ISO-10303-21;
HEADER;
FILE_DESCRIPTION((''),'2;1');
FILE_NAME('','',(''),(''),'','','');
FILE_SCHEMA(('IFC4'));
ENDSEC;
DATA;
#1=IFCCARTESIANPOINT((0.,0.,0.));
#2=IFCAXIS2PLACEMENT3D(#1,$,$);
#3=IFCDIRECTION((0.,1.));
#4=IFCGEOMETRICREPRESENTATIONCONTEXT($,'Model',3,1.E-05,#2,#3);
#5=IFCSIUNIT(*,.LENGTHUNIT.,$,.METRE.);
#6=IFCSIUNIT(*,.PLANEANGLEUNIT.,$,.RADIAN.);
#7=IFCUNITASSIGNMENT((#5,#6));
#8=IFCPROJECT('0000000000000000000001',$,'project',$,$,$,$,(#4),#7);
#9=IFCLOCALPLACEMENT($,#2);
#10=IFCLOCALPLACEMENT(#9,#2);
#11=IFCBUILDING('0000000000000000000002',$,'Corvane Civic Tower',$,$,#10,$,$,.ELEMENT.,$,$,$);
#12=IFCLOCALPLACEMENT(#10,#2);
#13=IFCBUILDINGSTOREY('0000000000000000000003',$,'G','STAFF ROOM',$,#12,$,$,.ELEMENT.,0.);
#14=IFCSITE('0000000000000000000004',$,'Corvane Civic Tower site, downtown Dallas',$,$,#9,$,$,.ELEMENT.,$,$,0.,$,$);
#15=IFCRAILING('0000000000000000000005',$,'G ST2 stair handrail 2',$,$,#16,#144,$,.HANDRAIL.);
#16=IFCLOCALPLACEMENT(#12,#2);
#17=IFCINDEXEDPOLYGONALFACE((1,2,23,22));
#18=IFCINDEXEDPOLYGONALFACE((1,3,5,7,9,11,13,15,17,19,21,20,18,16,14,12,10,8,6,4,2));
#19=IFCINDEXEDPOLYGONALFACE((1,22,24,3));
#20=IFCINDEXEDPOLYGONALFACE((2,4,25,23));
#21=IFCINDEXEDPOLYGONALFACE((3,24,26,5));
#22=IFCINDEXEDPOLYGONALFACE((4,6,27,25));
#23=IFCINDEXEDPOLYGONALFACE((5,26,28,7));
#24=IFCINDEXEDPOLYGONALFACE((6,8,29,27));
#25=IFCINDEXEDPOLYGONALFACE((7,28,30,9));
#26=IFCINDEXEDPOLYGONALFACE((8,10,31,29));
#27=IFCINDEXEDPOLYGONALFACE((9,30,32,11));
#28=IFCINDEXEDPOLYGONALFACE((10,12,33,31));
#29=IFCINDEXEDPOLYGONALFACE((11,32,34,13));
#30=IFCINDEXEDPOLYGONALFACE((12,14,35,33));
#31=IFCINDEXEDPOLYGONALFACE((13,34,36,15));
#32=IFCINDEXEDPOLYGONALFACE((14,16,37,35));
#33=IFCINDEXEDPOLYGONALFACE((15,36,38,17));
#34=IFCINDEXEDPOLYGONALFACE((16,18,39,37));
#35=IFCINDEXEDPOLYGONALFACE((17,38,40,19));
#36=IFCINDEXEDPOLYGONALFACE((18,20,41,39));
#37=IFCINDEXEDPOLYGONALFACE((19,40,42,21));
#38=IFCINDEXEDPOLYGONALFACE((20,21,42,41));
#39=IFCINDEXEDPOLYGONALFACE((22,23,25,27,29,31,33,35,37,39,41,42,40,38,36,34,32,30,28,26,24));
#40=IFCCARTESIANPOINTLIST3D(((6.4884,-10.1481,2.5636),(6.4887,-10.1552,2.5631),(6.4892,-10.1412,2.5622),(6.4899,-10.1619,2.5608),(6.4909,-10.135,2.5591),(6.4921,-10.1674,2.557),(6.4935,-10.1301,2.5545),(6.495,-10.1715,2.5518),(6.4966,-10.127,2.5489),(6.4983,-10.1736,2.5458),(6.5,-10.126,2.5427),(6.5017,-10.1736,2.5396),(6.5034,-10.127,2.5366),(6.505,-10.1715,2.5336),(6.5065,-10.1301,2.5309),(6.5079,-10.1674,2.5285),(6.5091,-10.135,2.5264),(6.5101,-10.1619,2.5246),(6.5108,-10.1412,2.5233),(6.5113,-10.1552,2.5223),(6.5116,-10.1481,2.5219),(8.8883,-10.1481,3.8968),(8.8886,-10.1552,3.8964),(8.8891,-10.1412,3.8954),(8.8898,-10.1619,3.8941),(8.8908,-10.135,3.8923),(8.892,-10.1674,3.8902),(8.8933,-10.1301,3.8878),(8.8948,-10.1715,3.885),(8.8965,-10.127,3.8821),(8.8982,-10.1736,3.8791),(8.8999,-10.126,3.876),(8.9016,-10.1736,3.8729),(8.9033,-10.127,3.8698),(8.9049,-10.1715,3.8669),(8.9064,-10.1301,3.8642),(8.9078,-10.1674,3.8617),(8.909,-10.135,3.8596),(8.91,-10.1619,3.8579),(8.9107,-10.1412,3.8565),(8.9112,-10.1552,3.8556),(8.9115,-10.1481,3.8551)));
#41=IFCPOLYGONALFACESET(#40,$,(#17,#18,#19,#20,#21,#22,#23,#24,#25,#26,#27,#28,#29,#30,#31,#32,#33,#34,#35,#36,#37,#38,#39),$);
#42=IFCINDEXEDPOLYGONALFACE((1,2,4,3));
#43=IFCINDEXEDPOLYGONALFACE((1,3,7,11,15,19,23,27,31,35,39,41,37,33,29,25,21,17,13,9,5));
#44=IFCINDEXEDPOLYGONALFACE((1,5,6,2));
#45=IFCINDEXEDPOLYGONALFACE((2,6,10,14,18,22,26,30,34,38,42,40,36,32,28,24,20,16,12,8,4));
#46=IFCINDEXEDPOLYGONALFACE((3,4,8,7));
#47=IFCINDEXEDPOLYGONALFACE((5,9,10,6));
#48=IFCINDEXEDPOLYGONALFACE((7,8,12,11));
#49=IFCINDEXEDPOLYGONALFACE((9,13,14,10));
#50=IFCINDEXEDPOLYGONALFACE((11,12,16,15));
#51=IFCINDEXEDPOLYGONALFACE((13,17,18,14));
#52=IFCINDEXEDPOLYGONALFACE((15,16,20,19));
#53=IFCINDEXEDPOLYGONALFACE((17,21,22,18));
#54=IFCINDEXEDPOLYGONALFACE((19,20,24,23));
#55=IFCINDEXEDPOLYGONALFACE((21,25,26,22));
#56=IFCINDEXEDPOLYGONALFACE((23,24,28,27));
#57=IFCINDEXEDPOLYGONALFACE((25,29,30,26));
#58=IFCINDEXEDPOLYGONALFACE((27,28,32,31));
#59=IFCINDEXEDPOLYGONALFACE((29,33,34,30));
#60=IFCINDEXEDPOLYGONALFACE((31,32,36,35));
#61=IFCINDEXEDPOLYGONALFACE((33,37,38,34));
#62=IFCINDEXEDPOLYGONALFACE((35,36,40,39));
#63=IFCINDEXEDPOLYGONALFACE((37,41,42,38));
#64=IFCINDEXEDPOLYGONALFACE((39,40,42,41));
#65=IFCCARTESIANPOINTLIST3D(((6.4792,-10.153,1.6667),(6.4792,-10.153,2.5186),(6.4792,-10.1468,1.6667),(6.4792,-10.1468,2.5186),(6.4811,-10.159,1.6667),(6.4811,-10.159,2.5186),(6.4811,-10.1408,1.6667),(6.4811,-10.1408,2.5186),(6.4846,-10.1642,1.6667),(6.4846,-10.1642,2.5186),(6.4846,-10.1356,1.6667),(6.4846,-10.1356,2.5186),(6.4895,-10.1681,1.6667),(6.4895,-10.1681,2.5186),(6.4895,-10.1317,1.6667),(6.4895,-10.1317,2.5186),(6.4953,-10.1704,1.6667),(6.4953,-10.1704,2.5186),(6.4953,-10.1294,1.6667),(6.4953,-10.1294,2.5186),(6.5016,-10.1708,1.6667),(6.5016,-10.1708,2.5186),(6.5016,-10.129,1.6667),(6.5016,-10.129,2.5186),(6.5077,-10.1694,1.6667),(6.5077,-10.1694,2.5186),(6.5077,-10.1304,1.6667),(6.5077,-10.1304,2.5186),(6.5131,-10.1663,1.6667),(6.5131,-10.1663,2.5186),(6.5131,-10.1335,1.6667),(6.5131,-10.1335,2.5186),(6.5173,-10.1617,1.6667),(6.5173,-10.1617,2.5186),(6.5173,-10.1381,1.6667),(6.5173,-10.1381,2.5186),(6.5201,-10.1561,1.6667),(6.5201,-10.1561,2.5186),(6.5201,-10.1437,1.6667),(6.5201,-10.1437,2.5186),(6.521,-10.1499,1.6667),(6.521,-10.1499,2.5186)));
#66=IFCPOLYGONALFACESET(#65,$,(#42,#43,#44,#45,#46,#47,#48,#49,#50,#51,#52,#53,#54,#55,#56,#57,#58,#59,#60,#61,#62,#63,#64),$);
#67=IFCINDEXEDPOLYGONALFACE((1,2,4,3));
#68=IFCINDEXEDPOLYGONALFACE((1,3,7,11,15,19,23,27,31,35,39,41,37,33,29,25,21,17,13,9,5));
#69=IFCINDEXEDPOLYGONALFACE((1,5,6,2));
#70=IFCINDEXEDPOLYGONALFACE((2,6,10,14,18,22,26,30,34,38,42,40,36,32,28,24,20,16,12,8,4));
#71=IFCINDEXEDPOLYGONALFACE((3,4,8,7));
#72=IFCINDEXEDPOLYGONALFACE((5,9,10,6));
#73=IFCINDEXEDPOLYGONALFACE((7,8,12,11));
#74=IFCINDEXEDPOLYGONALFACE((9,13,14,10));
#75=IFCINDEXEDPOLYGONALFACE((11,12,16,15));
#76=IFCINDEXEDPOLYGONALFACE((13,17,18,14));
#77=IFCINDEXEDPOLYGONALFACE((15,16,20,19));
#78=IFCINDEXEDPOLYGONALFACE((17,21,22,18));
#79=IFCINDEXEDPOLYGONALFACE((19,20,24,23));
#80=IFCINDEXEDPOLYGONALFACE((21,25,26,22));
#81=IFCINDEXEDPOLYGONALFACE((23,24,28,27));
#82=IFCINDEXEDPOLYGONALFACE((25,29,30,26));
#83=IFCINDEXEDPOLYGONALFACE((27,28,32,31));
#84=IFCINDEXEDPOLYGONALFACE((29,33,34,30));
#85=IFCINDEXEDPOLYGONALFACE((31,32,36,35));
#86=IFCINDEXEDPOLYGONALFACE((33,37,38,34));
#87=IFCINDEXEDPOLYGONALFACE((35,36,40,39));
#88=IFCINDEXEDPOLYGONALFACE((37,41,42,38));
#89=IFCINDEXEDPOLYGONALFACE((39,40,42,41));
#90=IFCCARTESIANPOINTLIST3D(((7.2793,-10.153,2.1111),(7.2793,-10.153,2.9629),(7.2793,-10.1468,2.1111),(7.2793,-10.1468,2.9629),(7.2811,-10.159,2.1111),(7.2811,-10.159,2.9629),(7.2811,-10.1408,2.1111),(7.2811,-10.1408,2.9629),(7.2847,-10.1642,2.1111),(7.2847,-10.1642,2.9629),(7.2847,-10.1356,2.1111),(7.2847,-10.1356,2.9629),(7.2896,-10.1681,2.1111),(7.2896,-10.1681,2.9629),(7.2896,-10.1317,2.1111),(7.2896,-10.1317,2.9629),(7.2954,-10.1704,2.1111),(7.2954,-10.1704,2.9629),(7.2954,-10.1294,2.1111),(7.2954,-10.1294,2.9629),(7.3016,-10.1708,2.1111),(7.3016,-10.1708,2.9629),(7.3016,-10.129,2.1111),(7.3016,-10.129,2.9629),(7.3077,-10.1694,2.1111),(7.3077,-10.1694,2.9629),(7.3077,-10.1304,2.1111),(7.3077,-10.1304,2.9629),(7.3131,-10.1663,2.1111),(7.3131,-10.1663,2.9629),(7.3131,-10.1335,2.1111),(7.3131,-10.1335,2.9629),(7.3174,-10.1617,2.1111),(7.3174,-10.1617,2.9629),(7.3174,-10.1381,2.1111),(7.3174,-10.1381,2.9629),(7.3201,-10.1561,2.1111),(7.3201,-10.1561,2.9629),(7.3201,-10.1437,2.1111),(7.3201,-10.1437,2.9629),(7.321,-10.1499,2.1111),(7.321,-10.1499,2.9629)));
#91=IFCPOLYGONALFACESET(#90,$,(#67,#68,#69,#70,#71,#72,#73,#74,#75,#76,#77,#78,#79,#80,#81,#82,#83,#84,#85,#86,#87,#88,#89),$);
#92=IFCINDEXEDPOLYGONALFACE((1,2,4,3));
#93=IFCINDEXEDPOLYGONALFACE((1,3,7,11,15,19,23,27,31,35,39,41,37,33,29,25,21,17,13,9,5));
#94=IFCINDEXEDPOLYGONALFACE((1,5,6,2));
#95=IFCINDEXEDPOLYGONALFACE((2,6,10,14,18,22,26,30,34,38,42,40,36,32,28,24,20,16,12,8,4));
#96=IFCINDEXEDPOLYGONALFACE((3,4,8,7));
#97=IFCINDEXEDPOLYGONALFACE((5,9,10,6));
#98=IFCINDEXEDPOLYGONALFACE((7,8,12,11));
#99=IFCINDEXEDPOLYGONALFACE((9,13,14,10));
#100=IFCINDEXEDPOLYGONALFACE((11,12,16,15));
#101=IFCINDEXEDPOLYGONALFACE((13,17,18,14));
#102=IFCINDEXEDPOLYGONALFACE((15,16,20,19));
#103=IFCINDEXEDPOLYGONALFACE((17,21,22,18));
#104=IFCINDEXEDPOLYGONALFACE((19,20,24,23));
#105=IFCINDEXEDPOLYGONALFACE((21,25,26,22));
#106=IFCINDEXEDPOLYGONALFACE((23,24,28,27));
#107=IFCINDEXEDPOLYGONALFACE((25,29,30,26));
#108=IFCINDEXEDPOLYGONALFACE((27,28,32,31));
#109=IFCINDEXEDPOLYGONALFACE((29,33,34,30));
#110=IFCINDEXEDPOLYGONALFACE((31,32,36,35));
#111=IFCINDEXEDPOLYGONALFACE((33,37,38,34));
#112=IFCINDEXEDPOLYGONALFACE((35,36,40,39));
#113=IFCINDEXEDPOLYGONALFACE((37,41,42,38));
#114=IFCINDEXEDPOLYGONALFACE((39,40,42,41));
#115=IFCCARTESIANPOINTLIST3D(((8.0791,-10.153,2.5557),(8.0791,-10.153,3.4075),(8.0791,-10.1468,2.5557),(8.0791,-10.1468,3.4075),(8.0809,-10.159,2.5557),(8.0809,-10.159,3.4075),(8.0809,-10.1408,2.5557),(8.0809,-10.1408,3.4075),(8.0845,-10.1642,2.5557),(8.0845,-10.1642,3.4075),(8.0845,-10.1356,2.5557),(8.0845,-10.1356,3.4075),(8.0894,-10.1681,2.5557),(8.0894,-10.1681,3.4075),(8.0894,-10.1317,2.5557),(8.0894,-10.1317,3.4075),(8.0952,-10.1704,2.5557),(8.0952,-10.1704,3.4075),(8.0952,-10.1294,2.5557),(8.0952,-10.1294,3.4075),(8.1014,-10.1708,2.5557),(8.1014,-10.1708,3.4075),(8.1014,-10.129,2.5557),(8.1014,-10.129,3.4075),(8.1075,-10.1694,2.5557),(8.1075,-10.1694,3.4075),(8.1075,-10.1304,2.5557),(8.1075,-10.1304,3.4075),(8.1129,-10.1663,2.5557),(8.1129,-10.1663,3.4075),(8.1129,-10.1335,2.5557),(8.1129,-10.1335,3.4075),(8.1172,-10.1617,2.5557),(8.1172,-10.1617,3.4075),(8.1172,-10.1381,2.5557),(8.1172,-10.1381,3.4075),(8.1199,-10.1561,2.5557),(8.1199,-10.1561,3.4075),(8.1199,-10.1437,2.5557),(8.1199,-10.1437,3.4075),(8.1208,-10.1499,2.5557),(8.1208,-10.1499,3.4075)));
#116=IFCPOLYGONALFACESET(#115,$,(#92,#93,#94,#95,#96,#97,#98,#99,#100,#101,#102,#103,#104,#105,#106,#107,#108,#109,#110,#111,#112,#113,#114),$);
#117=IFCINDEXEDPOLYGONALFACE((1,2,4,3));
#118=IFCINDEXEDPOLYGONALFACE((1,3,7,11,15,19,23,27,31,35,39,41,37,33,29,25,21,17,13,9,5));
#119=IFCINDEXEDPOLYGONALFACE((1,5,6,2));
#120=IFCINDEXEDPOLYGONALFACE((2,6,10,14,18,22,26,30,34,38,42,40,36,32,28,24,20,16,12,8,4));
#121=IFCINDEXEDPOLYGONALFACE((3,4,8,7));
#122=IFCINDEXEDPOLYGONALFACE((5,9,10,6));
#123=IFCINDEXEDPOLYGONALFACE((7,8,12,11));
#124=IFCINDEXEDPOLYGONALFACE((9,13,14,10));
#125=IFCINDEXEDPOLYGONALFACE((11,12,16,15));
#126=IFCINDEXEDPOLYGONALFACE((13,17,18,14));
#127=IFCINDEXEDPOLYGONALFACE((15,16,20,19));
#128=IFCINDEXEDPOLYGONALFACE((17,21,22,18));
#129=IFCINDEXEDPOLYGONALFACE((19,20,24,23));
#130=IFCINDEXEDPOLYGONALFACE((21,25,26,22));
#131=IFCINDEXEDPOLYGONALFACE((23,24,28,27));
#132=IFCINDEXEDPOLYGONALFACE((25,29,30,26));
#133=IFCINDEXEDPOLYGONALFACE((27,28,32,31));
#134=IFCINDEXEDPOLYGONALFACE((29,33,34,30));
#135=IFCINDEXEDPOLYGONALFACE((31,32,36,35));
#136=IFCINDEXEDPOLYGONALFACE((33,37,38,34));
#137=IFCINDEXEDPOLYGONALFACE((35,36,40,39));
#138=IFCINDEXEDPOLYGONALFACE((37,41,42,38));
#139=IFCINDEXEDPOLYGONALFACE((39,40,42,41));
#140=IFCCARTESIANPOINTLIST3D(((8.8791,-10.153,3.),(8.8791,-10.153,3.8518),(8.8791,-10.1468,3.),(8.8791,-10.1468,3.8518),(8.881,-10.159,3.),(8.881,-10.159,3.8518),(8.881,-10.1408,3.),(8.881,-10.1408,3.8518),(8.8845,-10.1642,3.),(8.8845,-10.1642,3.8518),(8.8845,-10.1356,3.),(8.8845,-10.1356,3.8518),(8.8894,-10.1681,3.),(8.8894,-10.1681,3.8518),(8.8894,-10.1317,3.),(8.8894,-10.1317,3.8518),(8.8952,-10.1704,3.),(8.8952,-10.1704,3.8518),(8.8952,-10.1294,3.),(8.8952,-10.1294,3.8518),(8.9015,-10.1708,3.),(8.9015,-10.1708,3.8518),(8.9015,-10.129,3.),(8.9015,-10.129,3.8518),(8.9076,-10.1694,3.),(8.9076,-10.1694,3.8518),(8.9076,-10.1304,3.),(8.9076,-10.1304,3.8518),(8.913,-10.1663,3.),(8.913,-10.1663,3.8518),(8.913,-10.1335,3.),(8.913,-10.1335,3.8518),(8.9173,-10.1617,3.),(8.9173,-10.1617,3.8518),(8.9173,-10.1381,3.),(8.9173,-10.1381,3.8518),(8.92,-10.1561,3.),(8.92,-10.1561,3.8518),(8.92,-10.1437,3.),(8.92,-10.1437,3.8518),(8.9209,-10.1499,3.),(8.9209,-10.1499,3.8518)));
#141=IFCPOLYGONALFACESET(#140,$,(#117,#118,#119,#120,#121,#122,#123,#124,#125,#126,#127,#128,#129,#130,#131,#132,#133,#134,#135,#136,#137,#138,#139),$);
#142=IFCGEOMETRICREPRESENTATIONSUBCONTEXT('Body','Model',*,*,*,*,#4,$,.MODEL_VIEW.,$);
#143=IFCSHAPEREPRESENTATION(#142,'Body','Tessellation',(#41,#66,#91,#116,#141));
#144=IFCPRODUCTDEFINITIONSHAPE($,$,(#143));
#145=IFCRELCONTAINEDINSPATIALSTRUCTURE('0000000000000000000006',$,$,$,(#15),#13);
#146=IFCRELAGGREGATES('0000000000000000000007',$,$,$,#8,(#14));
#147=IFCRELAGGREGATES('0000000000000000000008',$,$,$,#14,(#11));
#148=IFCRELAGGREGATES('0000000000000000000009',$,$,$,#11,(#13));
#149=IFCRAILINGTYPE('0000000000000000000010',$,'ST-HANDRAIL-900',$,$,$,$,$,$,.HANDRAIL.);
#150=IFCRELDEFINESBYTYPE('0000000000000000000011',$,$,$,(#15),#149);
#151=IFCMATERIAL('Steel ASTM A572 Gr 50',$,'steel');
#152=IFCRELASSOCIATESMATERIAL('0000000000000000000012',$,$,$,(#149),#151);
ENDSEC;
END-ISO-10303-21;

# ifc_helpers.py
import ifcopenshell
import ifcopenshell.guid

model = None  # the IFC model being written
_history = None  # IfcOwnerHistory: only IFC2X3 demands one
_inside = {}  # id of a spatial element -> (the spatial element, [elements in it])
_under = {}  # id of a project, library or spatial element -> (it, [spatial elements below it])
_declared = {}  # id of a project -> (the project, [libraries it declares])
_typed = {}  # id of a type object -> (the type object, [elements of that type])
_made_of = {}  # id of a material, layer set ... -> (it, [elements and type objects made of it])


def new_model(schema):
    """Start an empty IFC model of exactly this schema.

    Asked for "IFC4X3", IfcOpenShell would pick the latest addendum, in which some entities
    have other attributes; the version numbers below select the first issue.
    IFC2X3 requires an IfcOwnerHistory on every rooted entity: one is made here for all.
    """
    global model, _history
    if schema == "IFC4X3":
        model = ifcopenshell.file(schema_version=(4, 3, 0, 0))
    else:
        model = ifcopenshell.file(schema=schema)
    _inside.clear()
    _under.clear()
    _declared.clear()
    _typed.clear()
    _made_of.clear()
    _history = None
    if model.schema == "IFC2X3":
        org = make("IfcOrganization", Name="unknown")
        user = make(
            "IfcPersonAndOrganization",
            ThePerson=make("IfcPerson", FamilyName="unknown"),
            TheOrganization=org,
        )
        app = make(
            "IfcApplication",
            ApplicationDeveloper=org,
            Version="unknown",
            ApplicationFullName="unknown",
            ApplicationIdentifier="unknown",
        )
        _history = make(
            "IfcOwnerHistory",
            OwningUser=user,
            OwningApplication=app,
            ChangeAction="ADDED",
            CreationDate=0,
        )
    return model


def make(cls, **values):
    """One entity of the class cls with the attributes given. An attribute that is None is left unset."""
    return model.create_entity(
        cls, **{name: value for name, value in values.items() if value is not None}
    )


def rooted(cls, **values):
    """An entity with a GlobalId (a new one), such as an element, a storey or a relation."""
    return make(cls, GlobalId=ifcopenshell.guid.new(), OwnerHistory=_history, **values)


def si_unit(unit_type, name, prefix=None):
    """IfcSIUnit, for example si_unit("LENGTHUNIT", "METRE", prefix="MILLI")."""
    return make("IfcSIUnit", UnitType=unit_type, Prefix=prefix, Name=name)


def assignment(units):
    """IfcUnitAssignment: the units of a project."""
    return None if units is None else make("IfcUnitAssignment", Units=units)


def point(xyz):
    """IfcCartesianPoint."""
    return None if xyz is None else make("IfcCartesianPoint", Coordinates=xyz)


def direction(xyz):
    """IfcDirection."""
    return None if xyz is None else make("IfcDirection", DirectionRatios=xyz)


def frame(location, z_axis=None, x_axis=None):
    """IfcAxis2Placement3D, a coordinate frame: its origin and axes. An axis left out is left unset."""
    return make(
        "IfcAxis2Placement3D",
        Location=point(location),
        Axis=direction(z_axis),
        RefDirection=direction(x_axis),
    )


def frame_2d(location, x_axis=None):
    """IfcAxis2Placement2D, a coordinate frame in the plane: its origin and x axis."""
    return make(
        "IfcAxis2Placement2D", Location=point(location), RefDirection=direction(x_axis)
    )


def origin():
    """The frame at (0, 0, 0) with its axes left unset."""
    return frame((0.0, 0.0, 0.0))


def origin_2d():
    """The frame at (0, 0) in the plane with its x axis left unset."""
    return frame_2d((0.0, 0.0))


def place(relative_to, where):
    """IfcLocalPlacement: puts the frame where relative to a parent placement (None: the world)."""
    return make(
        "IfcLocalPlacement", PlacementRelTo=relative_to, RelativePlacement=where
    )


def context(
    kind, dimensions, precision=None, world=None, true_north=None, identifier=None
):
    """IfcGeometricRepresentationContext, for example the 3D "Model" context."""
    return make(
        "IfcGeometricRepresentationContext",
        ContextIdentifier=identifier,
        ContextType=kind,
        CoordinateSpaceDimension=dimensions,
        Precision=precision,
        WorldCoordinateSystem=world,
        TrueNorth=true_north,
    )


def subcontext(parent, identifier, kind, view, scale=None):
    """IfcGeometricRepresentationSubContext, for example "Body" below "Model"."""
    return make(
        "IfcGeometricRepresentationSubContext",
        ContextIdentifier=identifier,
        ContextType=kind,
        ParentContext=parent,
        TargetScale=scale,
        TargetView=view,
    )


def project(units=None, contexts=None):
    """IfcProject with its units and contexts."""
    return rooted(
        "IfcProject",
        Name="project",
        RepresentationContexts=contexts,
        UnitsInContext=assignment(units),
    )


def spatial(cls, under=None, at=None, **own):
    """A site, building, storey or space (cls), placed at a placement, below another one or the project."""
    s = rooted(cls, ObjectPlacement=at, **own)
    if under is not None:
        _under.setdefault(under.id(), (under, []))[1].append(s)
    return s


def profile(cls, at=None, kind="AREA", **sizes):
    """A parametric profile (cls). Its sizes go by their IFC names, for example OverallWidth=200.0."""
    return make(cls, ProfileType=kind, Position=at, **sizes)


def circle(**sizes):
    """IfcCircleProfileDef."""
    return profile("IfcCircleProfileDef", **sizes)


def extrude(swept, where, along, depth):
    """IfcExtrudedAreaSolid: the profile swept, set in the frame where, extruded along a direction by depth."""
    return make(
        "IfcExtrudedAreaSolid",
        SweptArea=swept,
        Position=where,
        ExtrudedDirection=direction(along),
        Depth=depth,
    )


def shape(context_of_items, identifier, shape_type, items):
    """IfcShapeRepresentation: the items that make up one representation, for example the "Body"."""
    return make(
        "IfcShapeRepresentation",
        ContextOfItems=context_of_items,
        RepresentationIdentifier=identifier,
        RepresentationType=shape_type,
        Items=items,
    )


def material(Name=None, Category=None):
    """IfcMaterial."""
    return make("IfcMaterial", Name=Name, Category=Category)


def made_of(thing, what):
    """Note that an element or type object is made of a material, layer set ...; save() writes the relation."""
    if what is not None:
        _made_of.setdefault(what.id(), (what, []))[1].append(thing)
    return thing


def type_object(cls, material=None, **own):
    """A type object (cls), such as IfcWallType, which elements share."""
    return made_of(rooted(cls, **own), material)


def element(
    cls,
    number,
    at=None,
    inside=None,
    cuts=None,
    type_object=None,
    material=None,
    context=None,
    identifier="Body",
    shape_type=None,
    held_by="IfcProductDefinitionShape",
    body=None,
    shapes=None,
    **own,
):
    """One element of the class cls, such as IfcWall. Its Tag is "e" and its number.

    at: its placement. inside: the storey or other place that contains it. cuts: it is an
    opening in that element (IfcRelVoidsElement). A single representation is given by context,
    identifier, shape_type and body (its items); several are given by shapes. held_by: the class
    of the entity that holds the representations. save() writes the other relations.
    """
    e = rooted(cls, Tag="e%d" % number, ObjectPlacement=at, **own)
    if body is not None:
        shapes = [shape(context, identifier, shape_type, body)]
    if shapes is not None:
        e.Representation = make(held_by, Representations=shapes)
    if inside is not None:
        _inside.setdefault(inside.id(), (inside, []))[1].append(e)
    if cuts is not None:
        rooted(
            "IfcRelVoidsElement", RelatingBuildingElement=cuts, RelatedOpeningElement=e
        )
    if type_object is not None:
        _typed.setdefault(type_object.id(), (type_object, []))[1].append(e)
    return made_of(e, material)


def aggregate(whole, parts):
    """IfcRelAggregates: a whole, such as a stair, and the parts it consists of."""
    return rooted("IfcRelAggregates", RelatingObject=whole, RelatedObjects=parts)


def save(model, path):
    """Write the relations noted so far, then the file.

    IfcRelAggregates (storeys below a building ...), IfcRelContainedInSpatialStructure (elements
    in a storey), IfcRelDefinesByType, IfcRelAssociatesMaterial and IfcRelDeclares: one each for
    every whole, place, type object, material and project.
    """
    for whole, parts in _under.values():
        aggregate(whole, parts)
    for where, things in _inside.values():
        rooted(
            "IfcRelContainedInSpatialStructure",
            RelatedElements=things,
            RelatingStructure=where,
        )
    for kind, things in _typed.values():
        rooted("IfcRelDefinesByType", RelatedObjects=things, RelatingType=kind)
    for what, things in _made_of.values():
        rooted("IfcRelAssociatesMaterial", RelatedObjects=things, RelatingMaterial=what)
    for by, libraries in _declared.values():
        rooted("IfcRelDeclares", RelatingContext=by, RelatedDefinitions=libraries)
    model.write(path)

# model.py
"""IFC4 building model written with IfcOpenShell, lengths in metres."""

from ifc_helpers import new_model, si_unit, direction, frame, origin, origin_2d, place, context, subcontext, project, spatial, circle, extrude, material, type_object, element, save


model = new_model("IFC4")

# Units and contexts
model_context = context("Model", 3, precision=1e-05, world=origin(), true_north=direction((0.0, 1.0)))
body_context = subcontext(model_context, "Body", "Model", "MODEL_VIEW")
ifc_project = project(units=[si_unit("LENGTHUNIT", "METRE"), si_unit("PLANEANGLEUNIT", "RADIAN")], contexts=[model_context])

# Site, building, storey
site_placement = place(None, origin())
site = spatial("IfcSite", under=ifc_project, at=site_placement, Name="Corvane Civic Tower site, downtown Dallas", CompositionType="ELEMENT", RefElevation=0.0)
building_placement = place(site_placement, origin())
building = spatial("IfcBuilding", under=site, at=building_placement, Name="Corvane Civic Tower", CompositionType="ELEMENT")
storey_placement = place(building_placement, origin())
storey = spatial("IfcBuildingStorey", under=building, at=storey_placement, Name="G", Description="STAFF ROOM", CompositionType="ELEMENT", Elevation=0.0)

# Railing
ifc_material_1 = material(Name="Steel ASTM A572 Gr 50", Category="steel")
railing_type_1 = type_object("IfcRailingType", Name="ST-HANDRAIL-900", PredefinedType="HANDRAIL", material=ifc_material_1)
railing_1_placement = place(storey_placement, frame((6.5, -10.1499, 1.6667)))
element("IfcRailing", 1, at=railing_1_placement, inside=storey, type_object=railing_type_1, Name="G ST2 stair handrail 2", PredefinedType="HANDRAIL", context=body_context, shape_type="SweptSolid", body=[
    extrude(circle(Radius=0.0239, at=origin_2d()), frame((0.0, 0.0, 0.876), z_axis=(0.874161, 0.0, 0.485635), x_axis=(0.0, 1.0, 0.0)), (0.0, 0.0, 1.0), 2.7454),
    extrude(circle(Radius=0.021, at=origin_2d()), origin(), (0.0, 0.0, 1.0), 0.8518),
    extrude(circle(Radius=0.021, at=origin_2d()), frame((0.8, 0.0, 0.4443)), (0.0, 0.0, 1.0), 0.8518),
    extrude(circle(Radius=0.021, at=origin_2d()), frame((1.5999, 0.0, 0.8889)), (0.0, 0.0, 1.0), 0.8518),
    extrude(circle(Radius=0.021, at=origin_2d()), frame((2.3999, 0.0, 1.3333)), (0.0, 0.0, 1.0), 0.8518),
])

save(model, "model.ifc")
